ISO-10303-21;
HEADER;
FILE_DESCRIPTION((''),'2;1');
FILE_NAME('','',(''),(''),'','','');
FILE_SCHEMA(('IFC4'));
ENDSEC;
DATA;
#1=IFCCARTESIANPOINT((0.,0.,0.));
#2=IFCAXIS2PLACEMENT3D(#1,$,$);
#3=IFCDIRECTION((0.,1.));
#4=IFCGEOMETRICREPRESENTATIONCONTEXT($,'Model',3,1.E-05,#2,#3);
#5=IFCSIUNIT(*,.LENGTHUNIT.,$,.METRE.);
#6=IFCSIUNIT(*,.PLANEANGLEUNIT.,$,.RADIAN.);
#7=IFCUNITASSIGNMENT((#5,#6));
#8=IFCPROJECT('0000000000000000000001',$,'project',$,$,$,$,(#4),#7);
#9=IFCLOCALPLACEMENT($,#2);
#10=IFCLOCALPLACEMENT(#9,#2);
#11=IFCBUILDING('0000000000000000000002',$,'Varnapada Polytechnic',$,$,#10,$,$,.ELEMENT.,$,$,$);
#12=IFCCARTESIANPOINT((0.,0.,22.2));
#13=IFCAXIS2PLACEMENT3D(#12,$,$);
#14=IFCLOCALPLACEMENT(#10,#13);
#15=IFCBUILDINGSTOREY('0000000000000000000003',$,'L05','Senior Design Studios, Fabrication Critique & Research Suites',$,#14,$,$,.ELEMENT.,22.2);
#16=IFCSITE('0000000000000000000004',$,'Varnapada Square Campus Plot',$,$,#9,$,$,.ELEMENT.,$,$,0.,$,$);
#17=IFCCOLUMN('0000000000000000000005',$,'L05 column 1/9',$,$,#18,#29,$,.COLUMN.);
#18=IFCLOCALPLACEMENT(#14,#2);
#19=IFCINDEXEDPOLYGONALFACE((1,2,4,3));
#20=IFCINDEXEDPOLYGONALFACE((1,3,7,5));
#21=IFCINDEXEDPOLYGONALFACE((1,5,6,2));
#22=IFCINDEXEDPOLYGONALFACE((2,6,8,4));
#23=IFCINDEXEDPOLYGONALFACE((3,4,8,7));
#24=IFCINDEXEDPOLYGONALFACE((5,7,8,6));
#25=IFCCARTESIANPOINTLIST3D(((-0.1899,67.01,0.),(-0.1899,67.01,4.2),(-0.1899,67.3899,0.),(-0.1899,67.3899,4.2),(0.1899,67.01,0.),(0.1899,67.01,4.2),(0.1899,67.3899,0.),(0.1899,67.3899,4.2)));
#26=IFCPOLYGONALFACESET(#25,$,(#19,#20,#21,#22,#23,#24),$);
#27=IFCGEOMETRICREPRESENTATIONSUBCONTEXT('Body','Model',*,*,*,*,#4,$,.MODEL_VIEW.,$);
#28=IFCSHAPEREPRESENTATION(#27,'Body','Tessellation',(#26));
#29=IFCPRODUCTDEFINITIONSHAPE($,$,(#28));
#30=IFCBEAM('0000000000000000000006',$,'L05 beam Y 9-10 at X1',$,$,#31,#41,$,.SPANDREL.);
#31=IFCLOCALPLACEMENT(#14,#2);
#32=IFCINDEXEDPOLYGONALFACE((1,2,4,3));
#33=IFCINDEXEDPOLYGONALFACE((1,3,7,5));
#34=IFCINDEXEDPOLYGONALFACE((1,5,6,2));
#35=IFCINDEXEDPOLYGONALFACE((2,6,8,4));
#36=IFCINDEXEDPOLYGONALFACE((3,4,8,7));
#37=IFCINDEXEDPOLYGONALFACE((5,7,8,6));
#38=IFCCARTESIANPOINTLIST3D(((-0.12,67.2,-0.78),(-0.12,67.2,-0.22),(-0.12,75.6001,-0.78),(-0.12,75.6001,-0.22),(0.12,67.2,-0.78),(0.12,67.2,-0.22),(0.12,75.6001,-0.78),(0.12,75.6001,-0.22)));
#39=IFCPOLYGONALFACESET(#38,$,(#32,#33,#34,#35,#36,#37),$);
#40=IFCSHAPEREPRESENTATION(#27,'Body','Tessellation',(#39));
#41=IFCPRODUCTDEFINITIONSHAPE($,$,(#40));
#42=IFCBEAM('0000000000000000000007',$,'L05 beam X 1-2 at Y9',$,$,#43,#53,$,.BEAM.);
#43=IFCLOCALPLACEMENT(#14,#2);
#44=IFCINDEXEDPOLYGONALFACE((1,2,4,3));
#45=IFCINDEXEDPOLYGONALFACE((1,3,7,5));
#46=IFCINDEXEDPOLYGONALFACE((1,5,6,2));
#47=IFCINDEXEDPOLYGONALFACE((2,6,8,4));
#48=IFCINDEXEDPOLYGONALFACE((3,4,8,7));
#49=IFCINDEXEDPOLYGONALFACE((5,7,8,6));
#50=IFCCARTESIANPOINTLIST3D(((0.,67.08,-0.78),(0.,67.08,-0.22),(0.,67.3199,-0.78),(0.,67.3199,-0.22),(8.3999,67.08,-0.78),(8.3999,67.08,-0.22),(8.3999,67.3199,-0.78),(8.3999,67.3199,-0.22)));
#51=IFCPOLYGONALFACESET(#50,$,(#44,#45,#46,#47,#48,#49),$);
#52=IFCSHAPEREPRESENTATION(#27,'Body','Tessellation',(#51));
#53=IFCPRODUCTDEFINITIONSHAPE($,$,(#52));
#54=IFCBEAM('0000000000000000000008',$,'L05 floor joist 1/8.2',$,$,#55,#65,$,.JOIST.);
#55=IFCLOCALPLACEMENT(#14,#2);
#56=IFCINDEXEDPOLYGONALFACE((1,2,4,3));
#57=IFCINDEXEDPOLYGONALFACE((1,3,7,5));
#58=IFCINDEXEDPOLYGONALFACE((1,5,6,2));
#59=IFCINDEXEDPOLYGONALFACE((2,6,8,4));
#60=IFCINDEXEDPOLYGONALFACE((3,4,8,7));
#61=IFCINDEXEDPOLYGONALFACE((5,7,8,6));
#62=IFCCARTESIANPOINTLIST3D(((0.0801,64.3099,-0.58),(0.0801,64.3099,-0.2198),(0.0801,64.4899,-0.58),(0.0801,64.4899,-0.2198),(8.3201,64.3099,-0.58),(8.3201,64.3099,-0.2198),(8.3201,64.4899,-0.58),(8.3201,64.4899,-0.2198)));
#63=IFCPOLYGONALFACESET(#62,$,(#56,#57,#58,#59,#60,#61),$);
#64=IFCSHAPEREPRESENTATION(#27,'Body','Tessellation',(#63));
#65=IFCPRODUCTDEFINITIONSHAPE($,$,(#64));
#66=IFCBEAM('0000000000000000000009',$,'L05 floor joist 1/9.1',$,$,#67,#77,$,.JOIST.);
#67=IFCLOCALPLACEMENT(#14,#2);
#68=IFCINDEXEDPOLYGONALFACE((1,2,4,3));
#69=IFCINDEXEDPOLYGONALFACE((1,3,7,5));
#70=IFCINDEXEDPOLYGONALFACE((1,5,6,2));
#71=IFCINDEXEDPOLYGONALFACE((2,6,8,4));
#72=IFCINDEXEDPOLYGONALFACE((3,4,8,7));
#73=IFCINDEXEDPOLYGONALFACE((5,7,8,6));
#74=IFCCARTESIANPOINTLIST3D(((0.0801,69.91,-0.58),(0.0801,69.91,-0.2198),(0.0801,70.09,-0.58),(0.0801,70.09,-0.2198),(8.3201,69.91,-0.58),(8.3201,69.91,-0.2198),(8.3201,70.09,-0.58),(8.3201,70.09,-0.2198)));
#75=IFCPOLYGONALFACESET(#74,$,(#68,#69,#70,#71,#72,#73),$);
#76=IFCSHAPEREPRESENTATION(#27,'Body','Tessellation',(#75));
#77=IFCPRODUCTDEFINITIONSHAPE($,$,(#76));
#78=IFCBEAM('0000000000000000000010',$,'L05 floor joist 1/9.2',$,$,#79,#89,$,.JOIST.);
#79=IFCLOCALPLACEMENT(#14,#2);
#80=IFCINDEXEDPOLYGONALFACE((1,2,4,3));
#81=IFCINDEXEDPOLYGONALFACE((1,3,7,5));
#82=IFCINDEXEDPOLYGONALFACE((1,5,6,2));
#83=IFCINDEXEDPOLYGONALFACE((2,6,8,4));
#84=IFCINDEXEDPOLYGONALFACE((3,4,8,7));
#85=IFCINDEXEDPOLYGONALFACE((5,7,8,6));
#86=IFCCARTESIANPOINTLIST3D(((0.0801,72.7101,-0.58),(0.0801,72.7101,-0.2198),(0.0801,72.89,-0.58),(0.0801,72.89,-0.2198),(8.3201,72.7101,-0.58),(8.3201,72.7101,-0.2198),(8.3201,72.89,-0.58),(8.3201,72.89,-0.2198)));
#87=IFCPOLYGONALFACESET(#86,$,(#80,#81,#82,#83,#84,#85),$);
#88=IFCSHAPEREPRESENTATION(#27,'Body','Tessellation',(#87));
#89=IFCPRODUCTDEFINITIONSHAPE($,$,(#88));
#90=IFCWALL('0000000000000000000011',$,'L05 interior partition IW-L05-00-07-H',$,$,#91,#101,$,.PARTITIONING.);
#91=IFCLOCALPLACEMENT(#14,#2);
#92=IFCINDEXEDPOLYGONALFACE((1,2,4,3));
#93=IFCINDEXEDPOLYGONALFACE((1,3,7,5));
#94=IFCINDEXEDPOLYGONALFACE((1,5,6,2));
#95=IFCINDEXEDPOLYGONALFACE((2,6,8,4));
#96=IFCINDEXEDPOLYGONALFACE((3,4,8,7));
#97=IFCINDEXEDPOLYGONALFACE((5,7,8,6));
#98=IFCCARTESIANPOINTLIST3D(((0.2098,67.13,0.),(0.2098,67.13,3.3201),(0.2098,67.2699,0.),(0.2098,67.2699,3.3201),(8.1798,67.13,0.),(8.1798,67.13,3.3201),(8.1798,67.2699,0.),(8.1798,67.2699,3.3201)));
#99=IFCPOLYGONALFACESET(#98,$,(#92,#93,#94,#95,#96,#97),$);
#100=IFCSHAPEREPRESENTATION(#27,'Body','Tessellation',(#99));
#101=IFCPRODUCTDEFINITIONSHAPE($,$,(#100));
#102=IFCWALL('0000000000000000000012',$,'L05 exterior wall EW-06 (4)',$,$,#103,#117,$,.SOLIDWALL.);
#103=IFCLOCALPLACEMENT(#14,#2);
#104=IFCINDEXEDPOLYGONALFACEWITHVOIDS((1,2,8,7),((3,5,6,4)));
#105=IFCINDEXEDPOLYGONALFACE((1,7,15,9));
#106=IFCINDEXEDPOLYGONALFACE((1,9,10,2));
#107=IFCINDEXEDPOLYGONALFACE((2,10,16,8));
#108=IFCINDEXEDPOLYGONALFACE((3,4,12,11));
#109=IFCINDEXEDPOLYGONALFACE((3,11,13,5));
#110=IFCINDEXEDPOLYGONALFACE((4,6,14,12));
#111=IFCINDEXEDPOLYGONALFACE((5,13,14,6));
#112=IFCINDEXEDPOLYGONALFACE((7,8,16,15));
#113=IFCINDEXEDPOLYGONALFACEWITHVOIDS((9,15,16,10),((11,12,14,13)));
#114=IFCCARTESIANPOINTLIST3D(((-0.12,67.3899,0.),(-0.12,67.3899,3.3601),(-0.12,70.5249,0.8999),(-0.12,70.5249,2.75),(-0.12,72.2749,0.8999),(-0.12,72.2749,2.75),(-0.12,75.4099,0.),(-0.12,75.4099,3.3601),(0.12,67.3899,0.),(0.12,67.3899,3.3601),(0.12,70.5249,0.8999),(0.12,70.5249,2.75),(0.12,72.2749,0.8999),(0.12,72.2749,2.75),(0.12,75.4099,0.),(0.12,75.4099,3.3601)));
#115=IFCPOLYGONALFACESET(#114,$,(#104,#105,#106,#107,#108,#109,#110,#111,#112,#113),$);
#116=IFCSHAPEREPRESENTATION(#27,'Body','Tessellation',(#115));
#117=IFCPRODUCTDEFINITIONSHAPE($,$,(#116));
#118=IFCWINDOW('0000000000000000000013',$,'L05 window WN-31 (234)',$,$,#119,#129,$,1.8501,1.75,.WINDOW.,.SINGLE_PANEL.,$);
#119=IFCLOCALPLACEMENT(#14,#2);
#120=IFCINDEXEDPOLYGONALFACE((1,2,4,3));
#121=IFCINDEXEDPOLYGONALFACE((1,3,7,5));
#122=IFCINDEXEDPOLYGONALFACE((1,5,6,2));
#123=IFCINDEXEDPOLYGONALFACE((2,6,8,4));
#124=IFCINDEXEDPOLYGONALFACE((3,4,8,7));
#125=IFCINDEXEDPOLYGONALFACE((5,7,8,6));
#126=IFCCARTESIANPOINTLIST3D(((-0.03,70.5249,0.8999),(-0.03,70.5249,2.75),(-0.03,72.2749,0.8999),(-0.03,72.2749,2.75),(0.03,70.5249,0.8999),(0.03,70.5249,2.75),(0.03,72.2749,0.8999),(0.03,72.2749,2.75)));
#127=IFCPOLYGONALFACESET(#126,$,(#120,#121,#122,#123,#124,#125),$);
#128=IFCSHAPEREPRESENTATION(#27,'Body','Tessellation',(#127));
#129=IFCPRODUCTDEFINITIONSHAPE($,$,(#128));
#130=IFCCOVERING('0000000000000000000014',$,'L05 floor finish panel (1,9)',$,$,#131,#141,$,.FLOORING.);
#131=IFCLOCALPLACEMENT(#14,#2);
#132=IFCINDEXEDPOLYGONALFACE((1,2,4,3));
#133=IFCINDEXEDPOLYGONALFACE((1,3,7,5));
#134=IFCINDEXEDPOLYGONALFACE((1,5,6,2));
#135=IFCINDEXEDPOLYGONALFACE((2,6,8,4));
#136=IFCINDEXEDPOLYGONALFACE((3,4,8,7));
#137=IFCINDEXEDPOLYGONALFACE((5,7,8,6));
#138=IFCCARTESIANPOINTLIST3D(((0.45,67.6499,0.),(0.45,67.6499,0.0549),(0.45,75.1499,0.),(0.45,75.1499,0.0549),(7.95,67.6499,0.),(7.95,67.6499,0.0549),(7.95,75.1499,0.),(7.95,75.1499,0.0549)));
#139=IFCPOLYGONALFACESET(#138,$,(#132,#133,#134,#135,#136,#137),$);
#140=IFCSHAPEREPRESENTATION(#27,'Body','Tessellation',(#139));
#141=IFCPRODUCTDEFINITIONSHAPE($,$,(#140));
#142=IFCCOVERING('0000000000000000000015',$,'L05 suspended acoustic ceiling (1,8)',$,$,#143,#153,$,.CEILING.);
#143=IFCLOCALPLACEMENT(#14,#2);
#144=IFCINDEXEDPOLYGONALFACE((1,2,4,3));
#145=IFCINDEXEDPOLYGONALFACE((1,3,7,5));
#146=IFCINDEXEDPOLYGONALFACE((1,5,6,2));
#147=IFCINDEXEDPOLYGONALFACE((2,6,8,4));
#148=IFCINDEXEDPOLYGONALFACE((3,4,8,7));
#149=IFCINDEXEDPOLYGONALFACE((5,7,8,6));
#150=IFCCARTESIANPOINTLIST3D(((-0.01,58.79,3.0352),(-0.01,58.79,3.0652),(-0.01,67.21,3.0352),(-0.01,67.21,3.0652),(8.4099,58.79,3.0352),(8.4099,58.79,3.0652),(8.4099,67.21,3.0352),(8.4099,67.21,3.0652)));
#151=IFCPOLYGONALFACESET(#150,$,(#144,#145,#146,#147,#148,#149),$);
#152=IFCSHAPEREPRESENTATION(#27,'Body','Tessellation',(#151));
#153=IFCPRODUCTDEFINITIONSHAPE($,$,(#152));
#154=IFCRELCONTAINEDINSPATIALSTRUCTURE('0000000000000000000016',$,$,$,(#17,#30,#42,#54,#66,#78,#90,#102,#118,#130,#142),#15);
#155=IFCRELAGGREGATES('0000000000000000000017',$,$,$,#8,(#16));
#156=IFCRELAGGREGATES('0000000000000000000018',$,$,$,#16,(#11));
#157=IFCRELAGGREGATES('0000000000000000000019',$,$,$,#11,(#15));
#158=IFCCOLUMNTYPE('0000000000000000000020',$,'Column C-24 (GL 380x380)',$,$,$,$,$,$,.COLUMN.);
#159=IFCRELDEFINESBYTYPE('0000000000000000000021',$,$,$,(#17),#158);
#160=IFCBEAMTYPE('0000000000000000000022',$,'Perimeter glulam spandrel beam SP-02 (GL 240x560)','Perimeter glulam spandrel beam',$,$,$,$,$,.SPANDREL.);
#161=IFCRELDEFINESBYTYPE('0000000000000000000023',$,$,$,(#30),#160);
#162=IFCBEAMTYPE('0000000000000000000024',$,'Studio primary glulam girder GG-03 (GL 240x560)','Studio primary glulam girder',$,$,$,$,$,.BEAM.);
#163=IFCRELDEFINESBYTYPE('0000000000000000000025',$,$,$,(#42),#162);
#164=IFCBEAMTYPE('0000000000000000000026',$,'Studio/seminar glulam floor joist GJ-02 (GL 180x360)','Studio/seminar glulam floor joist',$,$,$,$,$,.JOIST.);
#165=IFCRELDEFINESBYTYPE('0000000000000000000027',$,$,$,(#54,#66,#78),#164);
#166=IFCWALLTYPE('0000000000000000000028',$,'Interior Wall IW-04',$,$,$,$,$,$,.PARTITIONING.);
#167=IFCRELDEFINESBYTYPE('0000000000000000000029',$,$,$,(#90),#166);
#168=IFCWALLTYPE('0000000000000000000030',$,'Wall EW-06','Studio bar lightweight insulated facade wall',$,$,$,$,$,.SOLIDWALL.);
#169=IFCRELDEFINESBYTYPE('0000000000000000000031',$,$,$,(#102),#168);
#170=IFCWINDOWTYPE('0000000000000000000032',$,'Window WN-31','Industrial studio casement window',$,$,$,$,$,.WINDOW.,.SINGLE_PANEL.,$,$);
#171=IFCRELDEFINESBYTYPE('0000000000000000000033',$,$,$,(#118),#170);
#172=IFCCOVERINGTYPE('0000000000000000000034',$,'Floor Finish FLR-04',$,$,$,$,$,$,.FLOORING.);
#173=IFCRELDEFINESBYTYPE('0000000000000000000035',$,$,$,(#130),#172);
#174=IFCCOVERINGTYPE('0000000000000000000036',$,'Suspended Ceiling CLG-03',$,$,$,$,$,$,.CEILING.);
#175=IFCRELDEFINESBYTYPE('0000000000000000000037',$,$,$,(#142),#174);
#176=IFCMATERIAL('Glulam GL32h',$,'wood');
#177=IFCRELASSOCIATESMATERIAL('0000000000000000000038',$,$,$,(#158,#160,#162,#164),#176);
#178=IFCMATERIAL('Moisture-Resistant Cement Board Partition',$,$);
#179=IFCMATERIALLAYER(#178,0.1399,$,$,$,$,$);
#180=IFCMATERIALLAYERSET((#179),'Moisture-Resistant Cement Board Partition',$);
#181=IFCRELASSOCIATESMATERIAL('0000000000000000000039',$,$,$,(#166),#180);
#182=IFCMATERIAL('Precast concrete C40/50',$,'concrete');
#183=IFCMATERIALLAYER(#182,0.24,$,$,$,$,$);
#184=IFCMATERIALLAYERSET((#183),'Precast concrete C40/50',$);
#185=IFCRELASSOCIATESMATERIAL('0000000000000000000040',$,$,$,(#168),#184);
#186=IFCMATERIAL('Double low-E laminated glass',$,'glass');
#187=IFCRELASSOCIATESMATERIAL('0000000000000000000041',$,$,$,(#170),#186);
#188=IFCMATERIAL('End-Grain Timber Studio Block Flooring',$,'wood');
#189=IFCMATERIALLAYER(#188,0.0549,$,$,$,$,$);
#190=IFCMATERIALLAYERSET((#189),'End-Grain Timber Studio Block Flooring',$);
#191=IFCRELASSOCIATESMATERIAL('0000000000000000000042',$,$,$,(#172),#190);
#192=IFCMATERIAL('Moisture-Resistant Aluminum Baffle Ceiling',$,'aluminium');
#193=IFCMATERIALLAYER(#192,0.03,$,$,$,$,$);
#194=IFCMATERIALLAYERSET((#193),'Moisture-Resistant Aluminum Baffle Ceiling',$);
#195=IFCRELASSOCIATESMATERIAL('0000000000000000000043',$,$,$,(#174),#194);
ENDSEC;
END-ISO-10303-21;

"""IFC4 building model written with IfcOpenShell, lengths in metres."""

from ifc_helpers import new_model, si_unit, direction, frame, frame_2d, origin, origin_2d, place, context, subcontext, project, spatial, rectangle, extrude, material, layer, layer_set, material_profile, profile_set, type_object, element, fill, save


model = new_model("IFC4")

# Units and contexts
model_context = context("Model", 3, precision=1e-05, world=origin(), true_north=direction((0.0, 1.0)))
body_context = subcontext(model_context, "Body", "Model", "MODEL_VIEW")
ifc_project = project(units=[si_unit("LENGTHUNIT", "METRE"), si_unit("PLANEANGLEUNIT", "RADIAN")], contexts=[model_context])

# Site, building, storey
site_placement = place(None, origin())
site = spatial("IfcSite", under=ifc_project, at=site_placement, Name="Varnapada Square Campus Plot", CompositionType="ELEMENT", RefElevation=0.0)
building_placement = place(site_placement, origin())
building = spatial("IfcBuilding", under=site, at=building_placement, Name="Varnapada Polytechnic", CompositionType="ELEMENT")
storey_placement = place(building_placement, frame((0.0, 0.0, 22.2)))
storey = spatial("IfcBuildingStorey", under=building, at=storey_placement, Name="L05", Description="Senior Design Studios, Fabrication Critique & Research Suites", CompositionType="ELEMENT", Elevation=22.2)

# Column
ifc_material_1 = material(Name="Glulam GL32h", Category="wood")
ifc_material_profile_1 = material_profile(ifc_material_1, rectangle(XDim=0.3799, YDim=0.3799, at=origin_2d()), Name="GL 380x380")
ifc_profile_set_1 = profile_set([ifc_material_profile_1], Name="Glulam GL32h")
column_type = type_object("IfcColumnType", Name="Column C-24 (GL 380x380)", PredefinedType="COLUMN", material=ifc_profile_set_1)
column_placement = place(storey_placement, frame((0.0, 67.2, 0.0), z_axis=(0.0, 0.0, 1.0), x_axis=(1.0, 0.0, 0.0)))
element("IfcColumn", 1, at=column_placement, inside=storey, type_object=column_type, Name="L05 column 1/9", PredefinedType="COLUMN", context=body_context, shape_type="SweptSolid", body=[
    extrude(rectangle(XDim=0.3799, YDim=0.3799, at=origin_2d()), origin(), (0.0, 0.0, 1.0), 4.2),
])

# Beams
ifc_material_profile_2 = material_profile(ifc_material_1, rectangle(XDim=0.24, YDim=0.5601, at=origin_2d()), Name="GL 240x560")
ifc_profile_set_2 = profile_set([ifc_material_profile_2], Name="Glulam GL32h")
beam_type_1 = type_object("IfcBeamType", Name="Perimeter glulam spandrel beam SP-02 (GL 240x560)", Description="Perimeter glulam spandrel beam", PredefinedType="SPANDREL", material=ifc_profile_set_2)
beam_1_placement = place(storey_placement, frame((0.0, 67.2, -0.5), z_axis=(0.0, 1.0, 0.0), x_axis=(-1.0, 0.0, 0.0)))
element("IfcBeam", 2, at=beam_1_placement, inside=storey, type_object=beam_type_1, Name="L05 beam Y 9-10 at X1", PredefinedType="SPANDREL", context=body_context, shape_type="SweptSolid", body=[
    extrude(rectangle(XDim=0.24, YDim=0.5601, at=origin_2d()), origin(), (0.0, 0.0, 1.0), 8.4001),
])
ifc_material_profile_3 = material_profile(ifc_material_1, rectangle(XDim=0.24, YDim=0.5601, at=origin_2d()), Name="GL 240x560")
ifc_profile_set_3 = profile_set([ifc_material_profile_3], Name="Glulam GL32h")
beam_type_2 = type_object("IfcBeamType", Name="Studio primary glulam girder GG-03 (GL 240x560)", Description="Studio primary glulam girder", PredefinedType="BEAM", material=ifc_profile_set_3)
beam_2_placement = place(storey_placement, frame((0.0, 67.2, -0.5), z_axis=(1.0, 0.0, 0.0), x_axis=(0.0, 1.0, 0.0)))
element("IfcBeam", 3, at=beam_2_placement, inside=storey, type_object=beam_type_2, Name="L05 beam X 1-2 at Y9", PredefinedType="BEAM", context=body_context, shape_type="SweptSolid", body=[
    extrude(rectangle(XDim=0.24, YDim=0.5601, at=origin_2d()), origin(), (0.0, 0.0, 1.0), 8.3999),
])
ifc_material_profile_4 = material_profile(ifc_material_1, rectangle(XDim=0.1799, YDim=0.3601, at=origin_2d()), Name="GL 180x360")
ifc_profile_set_4 = profile_set([ifc_material_profile_4], Name="Glulam GL32h")
beam_type_3 = type_object("IfcBeamType", Name="Studio/seminar glulam floor joist GJ-02 (GL 180x360)", Description="Studio/seminar glulam floor joist", PredefinedType="JOIST", material=ifc_profile_set_4)
for number, where, z_axis, x_axis, name in (
    (4, (0.0801, 64.3999, -0.3999), (1.0, 0.0, 0.0), (0.0, 1.0, 0.0), "L05 floor joist 1/8.2"),
    (5, (0.0801, 70.0, -0.3999), (1.0, 0.0, 0.0), (0.0, 1.0, 0.0), "L05 floor joist 1/9.1"),
    (6, (0.0801, 72.8, -0.3999), (1.0, 0.0, 0.0), (0.0, 1.0, 0.0), "L05 floor joist 1/9.2"),
):
    element("IfcBeam", number, at=place(storey_placement, frame(where, z_axis=z_axis, x_axis=x_axis)), inside=storey, type_object=beam_type_3, Name=name, PredefinedType="JOIST", context=body_context, shape_type="SweptSolid", body=[
        extrude(rectangle(XDim=0.1799, YDim=0.3601, at=origin_2d()), origin(), (0.0, 0.0, 1.0), 8.24),
    ])

# Wall
ifc_material_2 = material(Name="Moisture-Resistant Cement Board Partition")
ifc_layer_1 = layer(ifc_material_2, 0.1399)
ifc_layer_set_1 = layer_set([ifc_layer_1], Name="Moisture-Resistant Cement Board Partition")
wall_type_1 = type_object("IfcWallType", Name="Interior Wall IW-04", PredefinedType="PARTITIONING", material=ifc_layer_set_1)
wall_1_placement = place(storey_placement, frame((0.21, 67.2, 0.0), z_axis=(0.0, 0.0, 1.0), x_axis=(1.0, 0.0, 0.0)))
element("IfcWall", 7, at=wall_1_placement, inside=storey, type_object=wall_type_1, Name="L05 interior partition IW-L05-00-07-H", PredefinedType="PARTITIONING", context=body_context, shape_type="SweptSolid", body=[
    extrude(rectangle(XDim=7.97, YDim=0.1399, at=frame_2d((3.9849, 0.0))), origin(), (0.0, 0.0, 1.0), 3.3201),
])

# Wall, opening, window
ifc_material_3 = material(Name="Precast concrete C40/50", Category="concrete")
ifc_layer_2 = layer(ifc_material_3, 0.24)
ifc_layer_set_2 = layer_set([ifc_layer_2], Name="Precast concrete C40/50")
wall_type_2 = type_object("IfcWallType", Name="Wall EW-06", Description="Studio bar lightweight insulated facade wall", PredefinedType="SOLIDWALL", material=ifc_layer_set_2)
wall_2_placement = place(storey_placement, frame((0.0, 67.3899, 0.0), z_axis=(0.0, 0.0, 1.0), x_axis=(0.0, 1.0, 0.0)))
wall_2 = element("IfcWall", 8, at=wall_2_placement, inside=storey, type_object=wall_type_2, Name="L05 exterior wall EW-06 (4)", PredefinedType="SOLIDWALL", context=body_context, shape_type="SweptSolid", body=[
    extrude(rectangle(XDim=8.02, YDim=0.24, at=frame_2d((4.01, 0.0))), origin(), (0.0, 0.0, 1.0), 3.3601),
])
opening_1_placement = place(wall_2_placement, frame((3.135, 0.0, 0.8999)))
opening_1 = element("IfcOpeningElement", 9, at=opening_1_placement, cuts=wall_2, PredefinedType="OPENING", context=body_context, shape_type="SweptSolid", body=[
    extrude(rectangle(XDim=1.75, YDim=1.8501, at=frame_2d((0.875, 0.925))), frame((0.0, 0.1299, 0.0), z_axis=(0.0, -1.0, 0.0), x_axis=(1.0, 0.0, 0.0)), (0.0, 0.0, 1.0), 0.26),
])
ifc_material_4 = material(Name="Double low-E laminated glass", Category="glass")
window_type = type_object("IfcWindowType", Name="Window WN-31", Description="Industrial studio casement window", PartitioningType="SINGLE_PANEL", PredefinedType="WINDOW", material=ifc_material_4)
window_placement = place(opening_1_placement, origin())
window = element("IfcWindow", 10, at=window_placement, inside=storey, type_object=window_type, Name="L05 window WN-31 (234)", OverallHeight=1.8501, OverallWidth=1.75, PartitioningType="SINGLE_PANEL", PredefinedType="WINDOW", context=body_context, shape_type="SweptSolid", body=[
    extrude(rectangle(XDim=1.75, YDim=1.8501, at=frame_2d((0.875, 0.925))), frame((0.0, 0.03, 0.0), z_axis=(0.0, -1.0, 0.0), x_axis=(1.0, 0.0, 0.0)), (0.0, 0.0, 1.0), 0.0601),
])
fill(opening_1, window)

# Coverings
ifc_material_5 = material(Name="End-Grain Timber Studio Block Flooring", Category="wood")
ifc_layer_3 = layer(ifc_material_5, 0.0549)
ifc_layer_set_3 = layer_set([ifc_layer_3], Name="End-Grain Timber Studio Block Flooring")
covering_type_1 = type_object("IfcCoveringType", Name="Floor Finish FLR-04", PredefinedType="FLOORING", material=ifc_layer_set_3)
covering_1_placement = place(storey_placement, frame((4.2, 71.3999, 0.0), z_axis=(0.0, 0.0, 1.0), x_axis=(1.0, 0.0, 0.0)))
element("IfcCovering", 11, at=covering_1_placement, inside=storey, type_object=covering_type_1, Name="L05 floor finish panel (1,9)", PredefinedType="FLOORING", context=body_context, shape_type="SweptSolid", body=[
    extrude(rectangle(XDim=7.5, YDim=7.5, at=origin_2d()), origin(), (0.0, 0.0, 1.0), 0.0549),
])
ifc_material_6 = material(Name="Moisture-Resistant Aluminum Baffle Ceiling", Category="aluminium")
ifc_layer_4 = layer(ifc_material_6, 0.03)
ifc_layer_set_4 = layer_set([ifc_layer_4], Name="Moisture-Resistant Aluminum Baffle Ceiling")
covering_type_2 = type_object("IfcCoveringType", Name="Suspended Ceiling CLG-03", PredefinedType="CEILING", material=ifc_layer_set_4)
covering_2_placement = place(storey_placement, frame((4.2, 63.0, 3.0352), z_axis=(0.0, 0.0, 1.0), x_axis=(1.0, 0.0, 0.0)))
element("IfcCovering", 12, at=covering_2_placement, inside=storey, type_object=covering_type_2, Name="L05 suspended acoustic ceiling (1,8)", PredefinedType="CEILING", context=body_context, shape_type="SweptSolid", body=[
    extrude(rectangle(XDim=8.4199, YDim=8.4199, at=origin_2d()), origin(), (0.0, 0.0, 1.0), 0.03),
])

save(model, "model.ifc")
